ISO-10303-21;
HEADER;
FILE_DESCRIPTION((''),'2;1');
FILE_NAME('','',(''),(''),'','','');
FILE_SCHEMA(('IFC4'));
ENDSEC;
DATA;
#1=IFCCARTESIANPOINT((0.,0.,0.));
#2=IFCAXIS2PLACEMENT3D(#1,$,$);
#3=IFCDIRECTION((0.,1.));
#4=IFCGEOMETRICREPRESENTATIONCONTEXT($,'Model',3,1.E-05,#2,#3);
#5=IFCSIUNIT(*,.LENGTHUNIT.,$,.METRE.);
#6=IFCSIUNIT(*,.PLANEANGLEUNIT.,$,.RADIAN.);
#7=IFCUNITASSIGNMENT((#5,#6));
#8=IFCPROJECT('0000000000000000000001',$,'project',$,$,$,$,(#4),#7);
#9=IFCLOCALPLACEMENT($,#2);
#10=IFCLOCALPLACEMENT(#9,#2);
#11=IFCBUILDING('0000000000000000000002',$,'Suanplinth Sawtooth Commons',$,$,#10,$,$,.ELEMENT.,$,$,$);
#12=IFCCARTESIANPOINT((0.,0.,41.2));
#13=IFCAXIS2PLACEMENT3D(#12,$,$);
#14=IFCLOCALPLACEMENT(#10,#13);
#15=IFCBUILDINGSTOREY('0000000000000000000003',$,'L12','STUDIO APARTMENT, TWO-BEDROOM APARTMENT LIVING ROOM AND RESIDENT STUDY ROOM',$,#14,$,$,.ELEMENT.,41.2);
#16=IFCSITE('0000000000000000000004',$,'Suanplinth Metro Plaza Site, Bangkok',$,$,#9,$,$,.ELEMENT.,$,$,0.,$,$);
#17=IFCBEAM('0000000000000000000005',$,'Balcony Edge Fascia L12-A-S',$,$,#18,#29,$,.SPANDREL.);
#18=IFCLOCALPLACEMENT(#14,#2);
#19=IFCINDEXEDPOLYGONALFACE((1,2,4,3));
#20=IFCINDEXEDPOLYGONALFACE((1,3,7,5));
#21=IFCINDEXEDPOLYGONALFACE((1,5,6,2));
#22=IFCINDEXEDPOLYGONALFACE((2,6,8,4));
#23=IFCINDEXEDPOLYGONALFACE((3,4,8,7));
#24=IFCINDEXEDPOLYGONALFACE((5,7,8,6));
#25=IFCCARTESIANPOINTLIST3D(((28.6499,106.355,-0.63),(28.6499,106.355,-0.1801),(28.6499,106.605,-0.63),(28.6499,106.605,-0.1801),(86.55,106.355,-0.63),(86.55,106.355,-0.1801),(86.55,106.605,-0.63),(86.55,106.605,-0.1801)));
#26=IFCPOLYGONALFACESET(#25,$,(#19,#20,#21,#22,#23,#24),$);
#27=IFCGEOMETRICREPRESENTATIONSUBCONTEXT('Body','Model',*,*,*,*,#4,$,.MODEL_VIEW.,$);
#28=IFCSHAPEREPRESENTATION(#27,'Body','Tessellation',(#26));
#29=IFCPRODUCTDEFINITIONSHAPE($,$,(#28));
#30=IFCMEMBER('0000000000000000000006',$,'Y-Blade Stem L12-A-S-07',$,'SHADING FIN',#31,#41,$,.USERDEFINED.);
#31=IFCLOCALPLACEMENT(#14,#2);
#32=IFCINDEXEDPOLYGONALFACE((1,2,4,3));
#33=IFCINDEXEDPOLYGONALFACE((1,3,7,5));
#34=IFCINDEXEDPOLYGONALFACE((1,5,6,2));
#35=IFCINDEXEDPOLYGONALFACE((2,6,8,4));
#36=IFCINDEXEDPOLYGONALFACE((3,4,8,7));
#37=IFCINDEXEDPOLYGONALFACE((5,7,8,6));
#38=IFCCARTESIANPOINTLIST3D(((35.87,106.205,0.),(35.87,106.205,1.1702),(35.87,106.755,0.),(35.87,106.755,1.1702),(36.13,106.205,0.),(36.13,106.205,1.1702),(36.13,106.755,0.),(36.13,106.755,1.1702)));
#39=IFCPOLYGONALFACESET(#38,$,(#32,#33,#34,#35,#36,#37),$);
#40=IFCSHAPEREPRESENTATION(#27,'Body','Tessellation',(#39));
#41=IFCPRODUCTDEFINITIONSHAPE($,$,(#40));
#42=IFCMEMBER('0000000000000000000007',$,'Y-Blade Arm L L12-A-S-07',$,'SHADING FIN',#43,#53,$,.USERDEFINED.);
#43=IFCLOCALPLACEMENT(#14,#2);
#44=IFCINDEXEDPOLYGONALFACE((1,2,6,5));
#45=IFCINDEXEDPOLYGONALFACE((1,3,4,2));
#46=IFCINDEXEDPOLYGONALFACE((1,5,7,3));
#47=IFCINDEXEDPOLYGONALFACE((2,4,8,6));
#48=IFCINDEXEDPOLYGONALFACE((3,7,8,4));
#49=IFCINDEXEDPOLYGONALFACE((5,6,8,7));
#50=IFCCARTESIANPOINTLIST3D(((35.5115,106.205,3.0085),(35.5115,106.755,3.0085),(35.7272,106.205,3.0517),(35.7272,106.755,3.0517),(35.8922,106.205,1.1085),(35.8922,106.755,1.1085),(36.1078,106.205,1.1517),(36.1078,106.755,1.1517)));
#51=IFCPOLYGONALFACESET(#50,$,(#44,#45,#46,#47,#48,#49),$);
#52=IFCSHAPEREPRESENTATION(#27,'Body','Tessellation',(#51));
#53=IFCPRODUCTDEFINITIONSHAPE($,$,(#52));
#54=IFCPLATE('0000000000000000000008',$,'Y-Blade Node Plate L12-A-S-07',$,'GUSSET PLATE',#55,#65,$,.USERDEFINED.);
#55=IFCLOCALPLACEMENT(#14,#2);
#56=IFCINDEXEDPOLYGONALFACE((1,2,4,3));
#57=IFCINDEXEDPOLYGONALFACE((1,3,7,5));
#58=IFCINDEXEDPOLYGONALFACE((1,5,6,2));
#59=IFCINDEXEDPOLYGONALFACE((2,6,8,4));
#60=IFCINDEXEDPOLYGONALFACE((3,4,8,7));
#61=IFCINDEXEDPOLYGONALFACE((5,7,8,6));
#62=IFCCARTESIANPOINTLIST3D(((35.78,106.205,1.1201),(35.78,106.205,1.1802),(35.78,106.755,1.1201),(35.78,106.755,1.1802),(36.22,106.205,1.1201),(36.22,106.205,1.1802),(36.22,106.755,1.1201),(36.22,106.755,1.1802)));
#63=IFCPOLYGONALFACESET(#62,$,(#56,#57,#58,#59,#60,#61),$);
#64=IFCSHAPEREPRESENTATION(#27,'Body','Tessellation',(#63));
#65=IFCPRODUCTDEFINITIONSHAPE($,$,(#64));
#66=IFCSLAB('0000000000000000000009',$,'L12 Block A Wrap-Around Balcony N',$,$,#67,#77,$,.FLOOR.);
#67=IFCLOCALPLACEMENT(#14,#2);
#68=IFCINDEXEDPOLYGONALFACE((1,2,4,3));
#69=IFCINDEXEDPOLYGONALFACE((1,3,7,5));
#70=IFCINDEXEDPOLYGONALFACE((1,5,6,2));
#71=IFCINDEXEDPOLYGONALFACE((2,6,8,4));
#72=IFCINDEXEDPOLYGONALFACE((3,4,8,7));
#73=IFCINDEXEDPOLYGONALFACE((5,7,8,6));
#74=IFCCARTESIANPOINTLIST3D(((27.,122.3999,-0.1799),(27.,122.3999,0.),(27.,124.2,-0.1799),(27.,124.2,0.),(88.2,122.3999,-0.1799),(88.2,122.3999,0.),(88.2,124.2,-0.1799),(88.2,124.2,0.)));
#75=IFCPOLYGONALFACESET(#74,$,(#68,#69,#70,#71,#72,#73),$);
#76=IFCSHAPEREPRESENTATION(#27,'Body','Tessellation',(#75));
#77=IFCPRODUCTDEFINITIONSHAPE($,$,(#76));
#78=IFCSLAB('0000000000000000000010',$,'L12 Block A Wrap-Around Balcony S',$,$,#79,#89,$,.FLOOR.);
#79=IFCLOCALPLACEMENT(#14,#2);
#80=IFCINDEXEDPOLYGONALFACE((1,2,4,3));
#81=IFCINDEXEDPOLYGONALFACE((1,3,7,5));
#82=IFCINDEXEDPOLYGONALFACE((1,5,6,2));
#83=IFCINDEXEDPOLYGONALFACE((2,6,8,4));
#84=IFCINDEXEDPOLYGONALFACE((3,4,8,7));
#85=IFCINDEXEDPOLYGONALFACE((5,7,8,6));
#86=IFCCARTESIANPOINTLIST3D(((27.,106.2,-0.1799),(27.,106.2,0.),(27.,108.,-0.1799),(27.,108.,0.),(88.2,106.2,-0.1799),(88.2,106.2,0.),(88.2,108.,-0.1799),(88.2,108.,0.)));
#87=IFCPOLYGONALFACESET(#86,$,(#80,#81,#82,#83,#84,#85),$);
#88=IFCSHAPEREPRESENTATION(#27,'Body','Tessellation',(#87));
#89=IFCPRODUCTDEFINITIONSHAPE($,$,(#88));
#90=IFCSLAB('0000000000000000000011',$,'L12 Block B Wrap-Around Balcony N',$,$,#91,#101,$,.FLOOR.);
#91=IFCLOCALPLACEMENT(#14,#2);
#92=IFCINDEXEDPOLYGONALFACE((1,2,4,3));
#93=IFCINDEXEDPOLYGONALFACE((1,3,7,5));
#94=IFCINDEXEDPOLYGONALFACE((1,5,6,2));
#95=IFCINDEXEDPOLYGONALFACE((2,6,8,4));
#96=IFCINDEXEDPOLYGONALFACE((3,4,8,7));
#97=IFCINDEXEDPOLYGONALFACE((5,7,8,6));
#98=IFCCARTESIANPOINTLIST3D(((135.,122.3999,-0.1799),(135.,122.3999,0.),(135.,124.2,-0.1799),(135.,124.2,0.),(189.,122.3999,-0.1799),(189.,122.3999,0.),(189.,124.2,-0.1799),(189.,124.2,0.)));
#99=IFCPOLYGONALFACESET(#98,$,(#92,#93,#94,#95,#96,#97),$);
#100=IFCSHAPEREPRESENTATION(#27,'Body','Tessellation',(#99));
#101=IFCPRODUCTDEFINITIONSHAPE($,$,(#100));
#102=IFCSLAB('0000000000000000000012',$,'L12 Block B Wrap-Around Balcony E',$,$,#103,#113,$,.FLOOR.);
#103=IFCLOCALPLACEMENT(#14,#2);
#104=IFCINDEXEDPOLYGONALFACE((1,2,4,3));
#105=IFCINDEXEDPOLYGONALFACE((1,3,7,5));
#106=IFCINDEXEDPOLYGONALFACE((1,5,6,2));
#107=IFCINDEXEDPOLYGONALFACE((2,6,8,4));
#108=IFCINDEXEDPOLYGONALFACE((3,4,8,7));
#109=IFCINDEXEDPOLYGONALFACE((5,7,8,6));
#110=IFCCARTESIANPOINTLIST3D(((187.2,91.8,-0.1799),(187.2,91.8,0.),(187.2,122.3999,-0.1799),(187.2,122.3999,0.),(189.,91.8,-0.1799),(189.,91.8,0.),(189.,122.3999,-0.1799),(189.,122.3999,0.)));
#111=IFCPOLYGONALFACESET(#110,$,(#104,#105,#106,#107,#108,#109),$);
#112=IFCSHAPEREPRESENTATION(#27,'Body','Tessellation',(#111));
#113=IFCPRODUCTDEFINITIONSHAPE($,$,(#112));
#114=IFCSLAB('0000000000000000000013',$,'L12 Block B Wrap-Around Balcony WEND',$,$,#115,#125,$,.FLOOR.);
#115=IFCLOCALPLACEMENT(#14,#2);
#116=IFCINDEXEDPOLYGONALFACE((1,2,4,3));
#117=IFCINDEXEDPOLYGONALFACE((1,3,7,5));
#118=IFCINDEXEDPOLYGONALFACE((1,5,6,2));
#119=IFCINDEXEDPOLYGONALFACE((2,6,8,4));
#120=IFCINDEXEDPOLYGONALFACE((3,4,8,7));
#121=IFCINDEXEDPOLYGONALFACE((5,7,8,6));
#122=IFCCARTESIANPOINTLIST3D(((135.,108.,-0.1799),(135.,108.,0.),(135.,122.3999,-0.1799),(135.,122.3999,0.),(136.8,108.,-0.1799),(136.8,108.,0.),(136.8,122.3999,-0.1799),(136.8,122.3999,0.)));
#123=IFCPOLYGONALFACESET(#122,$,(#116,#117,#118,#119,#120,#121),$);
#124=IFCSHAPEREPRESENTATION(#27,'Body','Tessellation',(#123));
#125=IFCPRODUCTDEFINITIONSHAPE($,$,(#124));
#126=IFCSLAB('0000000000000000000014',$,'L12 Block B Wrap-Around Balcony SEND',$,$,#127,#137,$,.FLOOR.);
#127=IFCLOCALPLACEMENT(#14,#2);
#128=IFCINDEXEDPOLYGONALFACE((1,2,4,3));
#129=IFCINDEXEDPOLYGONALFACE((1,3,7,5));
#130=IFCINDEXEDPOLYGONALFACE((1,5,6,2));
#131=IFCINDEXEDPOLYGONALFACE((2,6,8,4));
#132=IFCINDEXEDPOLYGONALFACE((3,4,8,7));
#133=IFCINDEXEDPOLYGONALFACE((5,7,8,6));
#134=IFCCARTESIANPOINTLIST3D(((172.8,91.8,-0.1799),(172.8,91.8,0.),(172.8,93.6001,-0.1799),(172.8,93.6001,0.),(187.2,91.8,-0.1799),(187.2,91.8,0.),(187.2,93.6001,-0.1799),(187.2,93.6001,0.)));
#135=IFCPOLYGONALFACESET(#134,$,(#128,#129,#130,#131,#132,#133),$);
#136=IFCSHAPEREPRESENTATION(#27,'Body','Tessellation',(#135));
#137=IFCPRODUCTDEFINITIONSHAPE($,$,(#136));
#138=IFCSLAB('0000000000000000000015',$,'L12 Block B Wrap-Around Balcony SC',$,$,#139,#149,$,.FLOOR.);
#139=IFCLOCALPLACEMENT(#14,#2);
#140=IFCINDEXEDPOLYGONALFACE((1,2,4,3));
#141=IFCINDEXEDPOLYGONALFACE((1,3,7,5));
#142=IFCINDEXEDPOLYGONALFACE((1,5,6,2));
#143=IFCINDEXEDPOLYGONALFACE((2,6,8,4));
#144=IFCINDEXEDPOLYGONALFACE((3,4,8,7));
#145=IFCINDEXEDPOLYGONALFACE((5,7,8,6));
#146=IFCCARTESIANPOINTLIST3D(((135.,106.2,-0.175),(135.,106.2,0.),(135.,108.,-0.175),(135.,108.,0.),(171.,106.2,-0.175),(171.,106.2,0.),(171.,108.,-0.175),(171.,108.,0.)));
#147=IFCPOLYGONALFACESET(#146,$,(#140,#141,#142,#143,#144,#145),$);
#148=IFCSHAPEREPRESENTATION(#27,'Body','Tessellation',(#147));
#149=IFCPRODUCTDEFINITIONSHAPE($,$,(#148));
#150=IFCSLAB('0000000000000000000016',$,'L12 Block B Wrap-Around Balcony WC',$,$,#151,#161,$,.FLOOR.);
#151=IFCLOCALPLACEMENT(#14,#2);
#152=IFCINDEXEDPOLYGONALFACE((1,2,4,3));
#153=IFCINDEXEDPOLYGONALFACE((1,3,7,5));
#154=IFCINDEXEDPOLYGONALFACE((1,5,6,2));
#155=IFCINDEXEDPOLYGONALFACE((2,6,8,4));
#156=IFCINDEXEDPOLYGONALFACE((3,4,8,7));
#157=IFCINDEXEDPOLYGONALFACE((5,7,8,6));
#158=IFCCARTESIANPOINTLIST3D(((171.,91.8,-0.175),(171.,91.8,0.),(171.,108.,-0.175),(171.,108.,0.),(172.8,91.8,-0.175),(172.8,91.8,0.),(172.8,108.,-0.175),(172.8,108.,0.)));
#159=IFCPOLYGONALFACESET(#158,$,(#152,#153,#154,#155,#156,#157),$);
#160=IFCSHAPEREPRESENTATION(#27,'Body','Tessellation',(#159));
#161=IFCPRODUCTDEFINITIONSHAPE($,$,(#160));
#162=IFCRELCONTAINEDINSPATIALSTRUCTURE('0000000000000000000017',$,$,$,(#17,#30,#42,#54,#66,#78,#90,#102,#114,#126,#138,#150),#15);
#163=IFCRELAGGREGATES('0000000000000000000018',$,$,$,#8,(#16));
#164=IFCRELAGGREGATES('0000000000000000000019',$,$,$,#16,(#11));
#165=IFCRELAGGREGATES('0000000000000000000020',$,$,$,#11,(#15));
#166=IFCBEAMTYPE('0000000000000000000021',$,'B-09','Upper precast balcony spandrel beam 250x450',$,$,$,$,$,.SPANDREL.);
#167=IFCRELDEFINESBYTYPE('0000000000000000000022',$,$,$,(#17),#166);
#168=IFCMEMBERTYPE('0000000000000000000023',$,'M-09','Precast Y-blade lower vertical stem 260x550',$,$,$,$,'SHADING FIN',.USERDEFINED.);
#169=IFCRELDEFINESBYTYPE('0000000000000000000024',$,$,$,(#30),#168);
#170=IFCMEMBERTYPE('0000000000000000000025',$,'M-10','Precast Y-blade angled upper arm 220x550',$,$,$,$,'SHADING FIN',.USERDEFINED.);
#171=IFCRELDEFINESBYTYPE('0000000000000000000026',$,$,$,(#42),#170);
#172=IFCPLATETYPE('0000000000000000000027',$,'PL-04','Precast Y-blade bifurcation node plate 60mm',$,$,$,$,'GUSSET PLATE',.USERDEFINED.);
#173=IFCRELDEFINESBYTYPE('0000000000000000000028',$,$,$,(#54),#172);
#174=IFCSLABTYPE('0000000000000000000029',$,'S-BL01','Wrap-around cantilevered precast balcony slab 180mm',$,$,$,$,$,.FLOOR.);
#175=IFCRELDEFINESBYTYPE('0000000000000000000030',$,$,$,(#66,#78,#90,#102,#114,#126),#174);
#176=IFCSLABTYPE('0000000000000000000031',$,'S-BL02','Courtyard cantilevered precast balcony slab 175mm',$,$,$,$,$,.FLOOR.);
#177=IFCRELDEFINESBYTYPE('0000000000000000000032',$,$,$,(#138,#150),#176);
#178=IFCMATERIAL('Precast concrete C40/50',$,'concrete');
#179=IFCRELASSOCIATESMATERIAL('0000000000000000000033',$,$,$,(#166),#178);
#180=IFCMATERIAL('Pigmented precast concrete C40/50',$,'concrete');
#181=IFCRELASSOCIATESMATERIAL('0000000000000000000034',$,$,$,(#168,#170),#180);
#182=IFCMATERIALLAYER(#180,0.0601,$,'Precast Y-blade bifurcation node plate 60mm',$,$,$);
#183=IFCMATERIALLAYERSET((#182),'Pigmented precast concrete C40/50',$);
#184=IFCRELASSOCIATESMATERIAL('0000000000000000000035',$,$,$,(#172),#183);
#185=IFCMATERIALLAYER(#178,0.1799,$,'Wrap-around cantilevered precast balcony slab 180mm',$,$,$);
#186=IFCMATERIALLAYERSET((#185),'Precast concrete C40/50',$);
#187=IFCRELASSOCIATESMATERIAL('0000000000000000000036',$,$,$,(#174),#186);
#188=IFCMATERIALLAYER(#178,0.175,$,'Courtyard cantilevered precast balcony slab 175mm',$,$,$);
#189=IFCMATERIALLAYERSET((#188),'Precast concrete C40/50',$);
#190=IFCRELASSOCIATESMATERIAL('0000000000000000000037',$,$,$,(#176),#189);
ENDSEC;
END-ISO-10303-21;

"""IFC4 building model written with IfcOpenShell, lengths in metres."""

from ifc_helpers import new_model, si_unit, direction, frame, origin, origin_2d, place, context, subcontext, project, spatial, polyline, rectangle, outline, extrude, material, layer, layer_set, material_profile, profile_set, type_object, element, save


model = new_model("IFC4")

# Units and contexts
model_context = context("Model", 3, precision=1e-05, world=origin(), true_north=direction((0.0, 1.0)))
body_context = subcontext(model_context, "Body", "Model", "MODEL_VIEW")
ifc_project = project(units=[si_unit("LENGTHUNIT", "METRE"), si_unit("PLANEANGLEUNIT", "RADIAN")], contexts=[model_context])

# Site, building, storey
site_placement = place(None, origin())
site = spatial("IfcSite", under=ifc_project, at=site_placement, Name="Suanplinth Metro Plaza Site, Bangkok", CompositionType="ELEMENT", RefElevation=0.0)
building_placement = place(site_placement, origin())
building = spatial("IfcBuilding", under=site, at=building_placement, Name="Suanplinth Sawtooth Commons", CompositionType="ELEMENT")
storey_placement = place(building_placement, frame((0.0, 0.0, 41.2)))
storey = spatial("IfcBuildingStorey", under=building, at=storey_placement, Name="L12", Description="STUDIO APARTMENT, TWO-BEDROOM APARTMENT LIVING ROOM AND RESIDENT STUDY ROOM", CompositionType="ELEMENT", Elevation=41.2)

# Beam
ifc_material_1 = material(Name="Precast concrete C40/50", Category="concrete")
ifc_material_profile_1 = material_profile(ifc_material_1, rectangle(XDim=0.25, YDim=0.45, at=origin_2d()), Name="PC-SP 250x450")
ifc_profile_set_1 = profile_set([ifc_material_profile_1], Name="Precast concrete C40/50")
beam_type = type_object("IfcBeamType", Name="B-09", Description="Upper precast balcony spandrel beam 250x450", PredefinedType="SPANDREL", material=ifc_profile_set_1)
beam_placement = place(storey_placement, frame((28.6499, 106.48, -0.405), z_axis=(1.0, 0.0, 0.0), x_axis=(0.0, 1.0, 0.0)))
element("IfcBeam", 1, at=beam_placement, inside=storey, type_object=beam_type, Name="Balcony Edge Fascia L12-A-S", PredefinedType="SPANDREL", context=body_context, shape_type="SweptSolid", body=[
    extrude(rectangle(XDim=0.25, YDim=0.45, at=origin_2d()), origin(), (0.0, 0.0, 1.0), 57.9001),
])

# Members
ifc_material_2 = material(Name="Pigmented precast concrete C40/50", Category="concrete")
ifc_material_profile_2 = material_profile(ifc_material_2, rectangle(XDim=0.26, YDim=0.55, at=origin_2d()), Name="PC-FIN 260x550")
ifc_profile_set_2 = profile_set([ifc_material_profile_2], Name="Pigmented precast concrete C40/50")
member_type_1 = type_object("IfcMemberType", Name="M-09", Description="Precast Y-blade lower vertical stem 260x550", ElementType="SHADING FIN", PredefinedType="USERDEFINED", material=ifc_profile_set_2)
member_1_placement = place(storey_placement, frame((36.0, 106.48, 0.0), z_axis=(0.0, 0.0, 1.0), x_axis=(1.0, 0.0, 0.0)))
element("IfcMember", 2, at=member_1_placement, inside=storey, type_object=member_type_1, Name="Y-Blade Stem L12-A-S-07", ObjectType="SHADING FIN", PredefinedType="USERDEFINED", context=body_context, shape_type="SweptSolid", body=[
    extrude(rectangle(XDim=0.26, YDim=0.55, at=origin_2d()), origin(), (0.0, 0.0, 1.0), 1.1702),
])
ifc_material_profile_3 = material_profile(ifc_material_2, rectangle(XDim=0.22, YDim=0.55, at=origin_2d()), Name="PC-FIN 220x550")
ifc_profile_set_3 = profile_set([ifc_material_profile_3], Name="Pigmented precast concrete C40/50")
member_type_2 = type_object("IfcMemberType", Name="M-10", Description="Precast Y-blade angled upper arm 220x550", ElementType="SHADING FIN", PredefinedType="USERDEFINED", material=ifc_profile_set_3)
member_2_placement = place(storey_placement, frame((36.0, 106.48, 1.1301), z_axis=(-0.196431, 0.0, 0.980518), x_axis=(0.980518, 0.0, 0.196431)))
element("IfcMember", 3, at=member_2_placement, inside=storey, type_object=member_type_2, Name="Y-Blade Arm L L12-A-S-07", ObjectType="SHADING FIN", PredefinedType="USERDEFINED", context=body_context, shape_type="SweptSolid", body=[
    extrude(rectangle(XDim=0.22, YDim=0.55, at=origin_2d()), origin(), (0.0, 0.0, 1.0), 1.9377),
])

# Plate
ifc_layer_1 = layer(ifc_material_2, 0.0601, Name="Precast Y-blade bifurcation node plate 60mm")
ifc_layer_set_1 = layer_set([ifc_layer_1], Name="Pigmented precast concrete C40/50")
plate_type = type_object("IfcPlateType", Name="PL-04", Description="Precast Y-blade bifurcation node plate 60mm", ElementType="GUSSET PLATE", PredefinedType="USERDEFINED", material=ifc_layer_set_1)
plate_placement = place(storey_placement, frame((36.0, 106.48, 1.1201), z_axis=(0.0, 0.0, 1.0), x_axis=(1.0, 0.0, 0.0)))
element("IfcPlate", 4, at=plate_placement, inside=storey, type_object=plate_type, Name="Y-Blade Node Plate L12-A-S-07", ObjectType="GUSSET PLATE", PredefinedType="USERDEFINED", context=body_context, shape_type="SweptSolid", body=[
    extrude(rectangle(XDim=0.4399, YDim=0.55, at=origin_2d()), origin(), (0.0, 0.0, 1.0), 0.0601),
])

# Slabs
ifc_layer_2 = layer(ifc_material_1, 0.1799, Name="Wrap-around cantilevered precast balcony slab 180mm")
ifc_layer_set_2 = layer_set([ifc_layer_2], Name="Precast concrete C40/50")
slab_type_1 = type_object("IfcSlabType", Name="S-BL01", Description="Wrap-around cantilevered precast balcony slab 180mm", PredefinedType="FLOOR", material=ifc_layer_set_2)
slab_1_placement = place(storey_placement, frame((0.0, 0.0, -0.1799)))
element("IfcSlab", 5, at=slab_1_placement, inside=storey, type_object=slab_type_1, Name="L12 Block A Wrap-Around Balcony N", PredefinedType="FLOOR", context=body_context, shape_type="SweptSolid", body=[
    extrude(outline(polyline([(27.0, 124.2), (88.2, 124.2), (88.2, 122.3999), (27.0, 122.3999), (27.0, 124.2)])), origin(), (0.0, 0.0, 1.0), 0.1799),
])
slab_2_placement = place(storey_placement, frame((0.0, 0.0, -0.1799)))
element("IfcSlab", 6, at=slab_2_placement, inside=storey, type_object=slab_type_1, Name="L12 Block A Wrap-Around Balcony S", PredefinedType="FLOOR", context=body_context, shape_type="SweptSolid", body=[
    extrude(outline(polyline([(88.2, 106.2), (27.0, 106.2), (27.0, 108.0), (88.2, 108.0), (88.2, 106.2)])), origin(), (0.0, 0.0, 1.0), 0.1799),
])
slab_3_placement = place(storey_placement, frame((0.0, 0.0, -0.1799)))
element("IfcSlab", 7, at=slab_3_placement, inside=storey, type_object=slab_type_1, Name="L12 Block B Wrap-Around Balcony N", PredefinedType="FLOOR", context=body_context, shape_type="SweptSolid", body=[
    extrude(outline(polyline([(135.0, 122.3999), (135.0, 124.2), (189.0, 124.2), (189.0, 122.3999), (135.0, 122.3999)])), origin(), (0.0, 0.0, 1.0), 0.1799),
])
slab_4_placement = place(storey_placement, frame((0.0, 0.0, -0.1799)))
element("IfcSlab", 8, at=slab_4_placement, inside=storey, type_object=slab_type_1, Name="L12 Block B Wrap-Around Balcony E", PredefinedType="FLOOR", context=body_context, shape_type="SweptSolid", body=[
    extrude(outline(polyline([(189.0, 122.3999), (189.0, 91.8), (187.2, 91.8), (187.2, 122.3999), (189.0, 122.3999)])), origin(), (0.0, 0.0, 1.0), 0.1799),
])
slab_5_placement = place(storey_placement, frame((0.0, 0.0, -0.1799)))
element("IfcSlab", 9, at=slab_5_placement, inside=storey, type_object=slab_type_1, Name="L12 Block B Wrap-Around Balcony WEND", PredefinedType="FLOOR", context=body_context, shape_type="SweptSolid", body=[
    extrude(outline(polyline([(136.8, 108.0), (135.0, 108.0), (135.0, 122.3999), (136.8, 122.3999), (136.8, 108.0)])), origin(), (0.0, 0.0, 1.0), 0.1799),
])
slab_6_placement = place(storey_placement, frame((0.0, 0.0, -0.1799)))
element("IfcSlab", 10, at=slab_6_placement, inside=storey, type_object=slab_type_1, Name="L12 Block B Wrap-Around Balcony SEND", PredefinedType="FLOOR", context=body_context, shape_type="SweptSolid", body=[
    extrude(outline(polyline([(187.2, 91.8), (172.8, 91.8), (172.8, 93.6001), (187.2, 93.6001), (187.2, 91.8)])), origin(), (0.0, 0.0, 1.0), 0.1799),
])
ifc_layer_3 = layer(ifc_material_1, 0.175, Name="Courtyard cantilevered precast balcony slab 175mm")
ifc_layer_set_3 = layer_set([ifc_layer_3], Name="Precast concrete C40/50")
slab_type_2 = type_object("IfcSlabType", Name="S-BL02", Description="Courtyard cantilevered precast balcony slab 175mm", PredefinedType="FLOOR", material=ifc_layer_set_3)
slab_7_placement = place(storey_placement, frame((0.0, 0.0, -0.175)))
element("IfcSlab", 11, at=slab_7_placement, inside=storey, type_object=slab_type_2, Name="L12 Block B Wrap-Around Balcony SC", PredefinedType="FLOOR", context=body_context, shape_type="SweptSolid", body=[
    extrude(outline(polyline([(171.0, 106.2), (135.0, 106.2), (135.0, 108.0), (171.0, 108.0), (171.0, 106.2)])), origin(), (0.0, 0.0, 1.0), 0.175),
])
slab_8_placement = place(storey_placement, frame((0.0, 0.0, -0.175)))
element("IfcSlab", 12, at=slab_8_placement, inside=storey, type_object=slab_type_2, Name="L12 Block B Wrap-Around Balcony WC", PredefinedType="FLOOR", context=body_context, shape_type="SweptSolid", body=[
    extrude(outline(polyline([(172.8, 91.8), (171.0, 91.8), (171.0, 108.0), (172.8, 108.0), (172.8, 91.8)])), origin(), (0.0, 0.0, 1.0), 0.175),
])

save(model, "model.ifc")
